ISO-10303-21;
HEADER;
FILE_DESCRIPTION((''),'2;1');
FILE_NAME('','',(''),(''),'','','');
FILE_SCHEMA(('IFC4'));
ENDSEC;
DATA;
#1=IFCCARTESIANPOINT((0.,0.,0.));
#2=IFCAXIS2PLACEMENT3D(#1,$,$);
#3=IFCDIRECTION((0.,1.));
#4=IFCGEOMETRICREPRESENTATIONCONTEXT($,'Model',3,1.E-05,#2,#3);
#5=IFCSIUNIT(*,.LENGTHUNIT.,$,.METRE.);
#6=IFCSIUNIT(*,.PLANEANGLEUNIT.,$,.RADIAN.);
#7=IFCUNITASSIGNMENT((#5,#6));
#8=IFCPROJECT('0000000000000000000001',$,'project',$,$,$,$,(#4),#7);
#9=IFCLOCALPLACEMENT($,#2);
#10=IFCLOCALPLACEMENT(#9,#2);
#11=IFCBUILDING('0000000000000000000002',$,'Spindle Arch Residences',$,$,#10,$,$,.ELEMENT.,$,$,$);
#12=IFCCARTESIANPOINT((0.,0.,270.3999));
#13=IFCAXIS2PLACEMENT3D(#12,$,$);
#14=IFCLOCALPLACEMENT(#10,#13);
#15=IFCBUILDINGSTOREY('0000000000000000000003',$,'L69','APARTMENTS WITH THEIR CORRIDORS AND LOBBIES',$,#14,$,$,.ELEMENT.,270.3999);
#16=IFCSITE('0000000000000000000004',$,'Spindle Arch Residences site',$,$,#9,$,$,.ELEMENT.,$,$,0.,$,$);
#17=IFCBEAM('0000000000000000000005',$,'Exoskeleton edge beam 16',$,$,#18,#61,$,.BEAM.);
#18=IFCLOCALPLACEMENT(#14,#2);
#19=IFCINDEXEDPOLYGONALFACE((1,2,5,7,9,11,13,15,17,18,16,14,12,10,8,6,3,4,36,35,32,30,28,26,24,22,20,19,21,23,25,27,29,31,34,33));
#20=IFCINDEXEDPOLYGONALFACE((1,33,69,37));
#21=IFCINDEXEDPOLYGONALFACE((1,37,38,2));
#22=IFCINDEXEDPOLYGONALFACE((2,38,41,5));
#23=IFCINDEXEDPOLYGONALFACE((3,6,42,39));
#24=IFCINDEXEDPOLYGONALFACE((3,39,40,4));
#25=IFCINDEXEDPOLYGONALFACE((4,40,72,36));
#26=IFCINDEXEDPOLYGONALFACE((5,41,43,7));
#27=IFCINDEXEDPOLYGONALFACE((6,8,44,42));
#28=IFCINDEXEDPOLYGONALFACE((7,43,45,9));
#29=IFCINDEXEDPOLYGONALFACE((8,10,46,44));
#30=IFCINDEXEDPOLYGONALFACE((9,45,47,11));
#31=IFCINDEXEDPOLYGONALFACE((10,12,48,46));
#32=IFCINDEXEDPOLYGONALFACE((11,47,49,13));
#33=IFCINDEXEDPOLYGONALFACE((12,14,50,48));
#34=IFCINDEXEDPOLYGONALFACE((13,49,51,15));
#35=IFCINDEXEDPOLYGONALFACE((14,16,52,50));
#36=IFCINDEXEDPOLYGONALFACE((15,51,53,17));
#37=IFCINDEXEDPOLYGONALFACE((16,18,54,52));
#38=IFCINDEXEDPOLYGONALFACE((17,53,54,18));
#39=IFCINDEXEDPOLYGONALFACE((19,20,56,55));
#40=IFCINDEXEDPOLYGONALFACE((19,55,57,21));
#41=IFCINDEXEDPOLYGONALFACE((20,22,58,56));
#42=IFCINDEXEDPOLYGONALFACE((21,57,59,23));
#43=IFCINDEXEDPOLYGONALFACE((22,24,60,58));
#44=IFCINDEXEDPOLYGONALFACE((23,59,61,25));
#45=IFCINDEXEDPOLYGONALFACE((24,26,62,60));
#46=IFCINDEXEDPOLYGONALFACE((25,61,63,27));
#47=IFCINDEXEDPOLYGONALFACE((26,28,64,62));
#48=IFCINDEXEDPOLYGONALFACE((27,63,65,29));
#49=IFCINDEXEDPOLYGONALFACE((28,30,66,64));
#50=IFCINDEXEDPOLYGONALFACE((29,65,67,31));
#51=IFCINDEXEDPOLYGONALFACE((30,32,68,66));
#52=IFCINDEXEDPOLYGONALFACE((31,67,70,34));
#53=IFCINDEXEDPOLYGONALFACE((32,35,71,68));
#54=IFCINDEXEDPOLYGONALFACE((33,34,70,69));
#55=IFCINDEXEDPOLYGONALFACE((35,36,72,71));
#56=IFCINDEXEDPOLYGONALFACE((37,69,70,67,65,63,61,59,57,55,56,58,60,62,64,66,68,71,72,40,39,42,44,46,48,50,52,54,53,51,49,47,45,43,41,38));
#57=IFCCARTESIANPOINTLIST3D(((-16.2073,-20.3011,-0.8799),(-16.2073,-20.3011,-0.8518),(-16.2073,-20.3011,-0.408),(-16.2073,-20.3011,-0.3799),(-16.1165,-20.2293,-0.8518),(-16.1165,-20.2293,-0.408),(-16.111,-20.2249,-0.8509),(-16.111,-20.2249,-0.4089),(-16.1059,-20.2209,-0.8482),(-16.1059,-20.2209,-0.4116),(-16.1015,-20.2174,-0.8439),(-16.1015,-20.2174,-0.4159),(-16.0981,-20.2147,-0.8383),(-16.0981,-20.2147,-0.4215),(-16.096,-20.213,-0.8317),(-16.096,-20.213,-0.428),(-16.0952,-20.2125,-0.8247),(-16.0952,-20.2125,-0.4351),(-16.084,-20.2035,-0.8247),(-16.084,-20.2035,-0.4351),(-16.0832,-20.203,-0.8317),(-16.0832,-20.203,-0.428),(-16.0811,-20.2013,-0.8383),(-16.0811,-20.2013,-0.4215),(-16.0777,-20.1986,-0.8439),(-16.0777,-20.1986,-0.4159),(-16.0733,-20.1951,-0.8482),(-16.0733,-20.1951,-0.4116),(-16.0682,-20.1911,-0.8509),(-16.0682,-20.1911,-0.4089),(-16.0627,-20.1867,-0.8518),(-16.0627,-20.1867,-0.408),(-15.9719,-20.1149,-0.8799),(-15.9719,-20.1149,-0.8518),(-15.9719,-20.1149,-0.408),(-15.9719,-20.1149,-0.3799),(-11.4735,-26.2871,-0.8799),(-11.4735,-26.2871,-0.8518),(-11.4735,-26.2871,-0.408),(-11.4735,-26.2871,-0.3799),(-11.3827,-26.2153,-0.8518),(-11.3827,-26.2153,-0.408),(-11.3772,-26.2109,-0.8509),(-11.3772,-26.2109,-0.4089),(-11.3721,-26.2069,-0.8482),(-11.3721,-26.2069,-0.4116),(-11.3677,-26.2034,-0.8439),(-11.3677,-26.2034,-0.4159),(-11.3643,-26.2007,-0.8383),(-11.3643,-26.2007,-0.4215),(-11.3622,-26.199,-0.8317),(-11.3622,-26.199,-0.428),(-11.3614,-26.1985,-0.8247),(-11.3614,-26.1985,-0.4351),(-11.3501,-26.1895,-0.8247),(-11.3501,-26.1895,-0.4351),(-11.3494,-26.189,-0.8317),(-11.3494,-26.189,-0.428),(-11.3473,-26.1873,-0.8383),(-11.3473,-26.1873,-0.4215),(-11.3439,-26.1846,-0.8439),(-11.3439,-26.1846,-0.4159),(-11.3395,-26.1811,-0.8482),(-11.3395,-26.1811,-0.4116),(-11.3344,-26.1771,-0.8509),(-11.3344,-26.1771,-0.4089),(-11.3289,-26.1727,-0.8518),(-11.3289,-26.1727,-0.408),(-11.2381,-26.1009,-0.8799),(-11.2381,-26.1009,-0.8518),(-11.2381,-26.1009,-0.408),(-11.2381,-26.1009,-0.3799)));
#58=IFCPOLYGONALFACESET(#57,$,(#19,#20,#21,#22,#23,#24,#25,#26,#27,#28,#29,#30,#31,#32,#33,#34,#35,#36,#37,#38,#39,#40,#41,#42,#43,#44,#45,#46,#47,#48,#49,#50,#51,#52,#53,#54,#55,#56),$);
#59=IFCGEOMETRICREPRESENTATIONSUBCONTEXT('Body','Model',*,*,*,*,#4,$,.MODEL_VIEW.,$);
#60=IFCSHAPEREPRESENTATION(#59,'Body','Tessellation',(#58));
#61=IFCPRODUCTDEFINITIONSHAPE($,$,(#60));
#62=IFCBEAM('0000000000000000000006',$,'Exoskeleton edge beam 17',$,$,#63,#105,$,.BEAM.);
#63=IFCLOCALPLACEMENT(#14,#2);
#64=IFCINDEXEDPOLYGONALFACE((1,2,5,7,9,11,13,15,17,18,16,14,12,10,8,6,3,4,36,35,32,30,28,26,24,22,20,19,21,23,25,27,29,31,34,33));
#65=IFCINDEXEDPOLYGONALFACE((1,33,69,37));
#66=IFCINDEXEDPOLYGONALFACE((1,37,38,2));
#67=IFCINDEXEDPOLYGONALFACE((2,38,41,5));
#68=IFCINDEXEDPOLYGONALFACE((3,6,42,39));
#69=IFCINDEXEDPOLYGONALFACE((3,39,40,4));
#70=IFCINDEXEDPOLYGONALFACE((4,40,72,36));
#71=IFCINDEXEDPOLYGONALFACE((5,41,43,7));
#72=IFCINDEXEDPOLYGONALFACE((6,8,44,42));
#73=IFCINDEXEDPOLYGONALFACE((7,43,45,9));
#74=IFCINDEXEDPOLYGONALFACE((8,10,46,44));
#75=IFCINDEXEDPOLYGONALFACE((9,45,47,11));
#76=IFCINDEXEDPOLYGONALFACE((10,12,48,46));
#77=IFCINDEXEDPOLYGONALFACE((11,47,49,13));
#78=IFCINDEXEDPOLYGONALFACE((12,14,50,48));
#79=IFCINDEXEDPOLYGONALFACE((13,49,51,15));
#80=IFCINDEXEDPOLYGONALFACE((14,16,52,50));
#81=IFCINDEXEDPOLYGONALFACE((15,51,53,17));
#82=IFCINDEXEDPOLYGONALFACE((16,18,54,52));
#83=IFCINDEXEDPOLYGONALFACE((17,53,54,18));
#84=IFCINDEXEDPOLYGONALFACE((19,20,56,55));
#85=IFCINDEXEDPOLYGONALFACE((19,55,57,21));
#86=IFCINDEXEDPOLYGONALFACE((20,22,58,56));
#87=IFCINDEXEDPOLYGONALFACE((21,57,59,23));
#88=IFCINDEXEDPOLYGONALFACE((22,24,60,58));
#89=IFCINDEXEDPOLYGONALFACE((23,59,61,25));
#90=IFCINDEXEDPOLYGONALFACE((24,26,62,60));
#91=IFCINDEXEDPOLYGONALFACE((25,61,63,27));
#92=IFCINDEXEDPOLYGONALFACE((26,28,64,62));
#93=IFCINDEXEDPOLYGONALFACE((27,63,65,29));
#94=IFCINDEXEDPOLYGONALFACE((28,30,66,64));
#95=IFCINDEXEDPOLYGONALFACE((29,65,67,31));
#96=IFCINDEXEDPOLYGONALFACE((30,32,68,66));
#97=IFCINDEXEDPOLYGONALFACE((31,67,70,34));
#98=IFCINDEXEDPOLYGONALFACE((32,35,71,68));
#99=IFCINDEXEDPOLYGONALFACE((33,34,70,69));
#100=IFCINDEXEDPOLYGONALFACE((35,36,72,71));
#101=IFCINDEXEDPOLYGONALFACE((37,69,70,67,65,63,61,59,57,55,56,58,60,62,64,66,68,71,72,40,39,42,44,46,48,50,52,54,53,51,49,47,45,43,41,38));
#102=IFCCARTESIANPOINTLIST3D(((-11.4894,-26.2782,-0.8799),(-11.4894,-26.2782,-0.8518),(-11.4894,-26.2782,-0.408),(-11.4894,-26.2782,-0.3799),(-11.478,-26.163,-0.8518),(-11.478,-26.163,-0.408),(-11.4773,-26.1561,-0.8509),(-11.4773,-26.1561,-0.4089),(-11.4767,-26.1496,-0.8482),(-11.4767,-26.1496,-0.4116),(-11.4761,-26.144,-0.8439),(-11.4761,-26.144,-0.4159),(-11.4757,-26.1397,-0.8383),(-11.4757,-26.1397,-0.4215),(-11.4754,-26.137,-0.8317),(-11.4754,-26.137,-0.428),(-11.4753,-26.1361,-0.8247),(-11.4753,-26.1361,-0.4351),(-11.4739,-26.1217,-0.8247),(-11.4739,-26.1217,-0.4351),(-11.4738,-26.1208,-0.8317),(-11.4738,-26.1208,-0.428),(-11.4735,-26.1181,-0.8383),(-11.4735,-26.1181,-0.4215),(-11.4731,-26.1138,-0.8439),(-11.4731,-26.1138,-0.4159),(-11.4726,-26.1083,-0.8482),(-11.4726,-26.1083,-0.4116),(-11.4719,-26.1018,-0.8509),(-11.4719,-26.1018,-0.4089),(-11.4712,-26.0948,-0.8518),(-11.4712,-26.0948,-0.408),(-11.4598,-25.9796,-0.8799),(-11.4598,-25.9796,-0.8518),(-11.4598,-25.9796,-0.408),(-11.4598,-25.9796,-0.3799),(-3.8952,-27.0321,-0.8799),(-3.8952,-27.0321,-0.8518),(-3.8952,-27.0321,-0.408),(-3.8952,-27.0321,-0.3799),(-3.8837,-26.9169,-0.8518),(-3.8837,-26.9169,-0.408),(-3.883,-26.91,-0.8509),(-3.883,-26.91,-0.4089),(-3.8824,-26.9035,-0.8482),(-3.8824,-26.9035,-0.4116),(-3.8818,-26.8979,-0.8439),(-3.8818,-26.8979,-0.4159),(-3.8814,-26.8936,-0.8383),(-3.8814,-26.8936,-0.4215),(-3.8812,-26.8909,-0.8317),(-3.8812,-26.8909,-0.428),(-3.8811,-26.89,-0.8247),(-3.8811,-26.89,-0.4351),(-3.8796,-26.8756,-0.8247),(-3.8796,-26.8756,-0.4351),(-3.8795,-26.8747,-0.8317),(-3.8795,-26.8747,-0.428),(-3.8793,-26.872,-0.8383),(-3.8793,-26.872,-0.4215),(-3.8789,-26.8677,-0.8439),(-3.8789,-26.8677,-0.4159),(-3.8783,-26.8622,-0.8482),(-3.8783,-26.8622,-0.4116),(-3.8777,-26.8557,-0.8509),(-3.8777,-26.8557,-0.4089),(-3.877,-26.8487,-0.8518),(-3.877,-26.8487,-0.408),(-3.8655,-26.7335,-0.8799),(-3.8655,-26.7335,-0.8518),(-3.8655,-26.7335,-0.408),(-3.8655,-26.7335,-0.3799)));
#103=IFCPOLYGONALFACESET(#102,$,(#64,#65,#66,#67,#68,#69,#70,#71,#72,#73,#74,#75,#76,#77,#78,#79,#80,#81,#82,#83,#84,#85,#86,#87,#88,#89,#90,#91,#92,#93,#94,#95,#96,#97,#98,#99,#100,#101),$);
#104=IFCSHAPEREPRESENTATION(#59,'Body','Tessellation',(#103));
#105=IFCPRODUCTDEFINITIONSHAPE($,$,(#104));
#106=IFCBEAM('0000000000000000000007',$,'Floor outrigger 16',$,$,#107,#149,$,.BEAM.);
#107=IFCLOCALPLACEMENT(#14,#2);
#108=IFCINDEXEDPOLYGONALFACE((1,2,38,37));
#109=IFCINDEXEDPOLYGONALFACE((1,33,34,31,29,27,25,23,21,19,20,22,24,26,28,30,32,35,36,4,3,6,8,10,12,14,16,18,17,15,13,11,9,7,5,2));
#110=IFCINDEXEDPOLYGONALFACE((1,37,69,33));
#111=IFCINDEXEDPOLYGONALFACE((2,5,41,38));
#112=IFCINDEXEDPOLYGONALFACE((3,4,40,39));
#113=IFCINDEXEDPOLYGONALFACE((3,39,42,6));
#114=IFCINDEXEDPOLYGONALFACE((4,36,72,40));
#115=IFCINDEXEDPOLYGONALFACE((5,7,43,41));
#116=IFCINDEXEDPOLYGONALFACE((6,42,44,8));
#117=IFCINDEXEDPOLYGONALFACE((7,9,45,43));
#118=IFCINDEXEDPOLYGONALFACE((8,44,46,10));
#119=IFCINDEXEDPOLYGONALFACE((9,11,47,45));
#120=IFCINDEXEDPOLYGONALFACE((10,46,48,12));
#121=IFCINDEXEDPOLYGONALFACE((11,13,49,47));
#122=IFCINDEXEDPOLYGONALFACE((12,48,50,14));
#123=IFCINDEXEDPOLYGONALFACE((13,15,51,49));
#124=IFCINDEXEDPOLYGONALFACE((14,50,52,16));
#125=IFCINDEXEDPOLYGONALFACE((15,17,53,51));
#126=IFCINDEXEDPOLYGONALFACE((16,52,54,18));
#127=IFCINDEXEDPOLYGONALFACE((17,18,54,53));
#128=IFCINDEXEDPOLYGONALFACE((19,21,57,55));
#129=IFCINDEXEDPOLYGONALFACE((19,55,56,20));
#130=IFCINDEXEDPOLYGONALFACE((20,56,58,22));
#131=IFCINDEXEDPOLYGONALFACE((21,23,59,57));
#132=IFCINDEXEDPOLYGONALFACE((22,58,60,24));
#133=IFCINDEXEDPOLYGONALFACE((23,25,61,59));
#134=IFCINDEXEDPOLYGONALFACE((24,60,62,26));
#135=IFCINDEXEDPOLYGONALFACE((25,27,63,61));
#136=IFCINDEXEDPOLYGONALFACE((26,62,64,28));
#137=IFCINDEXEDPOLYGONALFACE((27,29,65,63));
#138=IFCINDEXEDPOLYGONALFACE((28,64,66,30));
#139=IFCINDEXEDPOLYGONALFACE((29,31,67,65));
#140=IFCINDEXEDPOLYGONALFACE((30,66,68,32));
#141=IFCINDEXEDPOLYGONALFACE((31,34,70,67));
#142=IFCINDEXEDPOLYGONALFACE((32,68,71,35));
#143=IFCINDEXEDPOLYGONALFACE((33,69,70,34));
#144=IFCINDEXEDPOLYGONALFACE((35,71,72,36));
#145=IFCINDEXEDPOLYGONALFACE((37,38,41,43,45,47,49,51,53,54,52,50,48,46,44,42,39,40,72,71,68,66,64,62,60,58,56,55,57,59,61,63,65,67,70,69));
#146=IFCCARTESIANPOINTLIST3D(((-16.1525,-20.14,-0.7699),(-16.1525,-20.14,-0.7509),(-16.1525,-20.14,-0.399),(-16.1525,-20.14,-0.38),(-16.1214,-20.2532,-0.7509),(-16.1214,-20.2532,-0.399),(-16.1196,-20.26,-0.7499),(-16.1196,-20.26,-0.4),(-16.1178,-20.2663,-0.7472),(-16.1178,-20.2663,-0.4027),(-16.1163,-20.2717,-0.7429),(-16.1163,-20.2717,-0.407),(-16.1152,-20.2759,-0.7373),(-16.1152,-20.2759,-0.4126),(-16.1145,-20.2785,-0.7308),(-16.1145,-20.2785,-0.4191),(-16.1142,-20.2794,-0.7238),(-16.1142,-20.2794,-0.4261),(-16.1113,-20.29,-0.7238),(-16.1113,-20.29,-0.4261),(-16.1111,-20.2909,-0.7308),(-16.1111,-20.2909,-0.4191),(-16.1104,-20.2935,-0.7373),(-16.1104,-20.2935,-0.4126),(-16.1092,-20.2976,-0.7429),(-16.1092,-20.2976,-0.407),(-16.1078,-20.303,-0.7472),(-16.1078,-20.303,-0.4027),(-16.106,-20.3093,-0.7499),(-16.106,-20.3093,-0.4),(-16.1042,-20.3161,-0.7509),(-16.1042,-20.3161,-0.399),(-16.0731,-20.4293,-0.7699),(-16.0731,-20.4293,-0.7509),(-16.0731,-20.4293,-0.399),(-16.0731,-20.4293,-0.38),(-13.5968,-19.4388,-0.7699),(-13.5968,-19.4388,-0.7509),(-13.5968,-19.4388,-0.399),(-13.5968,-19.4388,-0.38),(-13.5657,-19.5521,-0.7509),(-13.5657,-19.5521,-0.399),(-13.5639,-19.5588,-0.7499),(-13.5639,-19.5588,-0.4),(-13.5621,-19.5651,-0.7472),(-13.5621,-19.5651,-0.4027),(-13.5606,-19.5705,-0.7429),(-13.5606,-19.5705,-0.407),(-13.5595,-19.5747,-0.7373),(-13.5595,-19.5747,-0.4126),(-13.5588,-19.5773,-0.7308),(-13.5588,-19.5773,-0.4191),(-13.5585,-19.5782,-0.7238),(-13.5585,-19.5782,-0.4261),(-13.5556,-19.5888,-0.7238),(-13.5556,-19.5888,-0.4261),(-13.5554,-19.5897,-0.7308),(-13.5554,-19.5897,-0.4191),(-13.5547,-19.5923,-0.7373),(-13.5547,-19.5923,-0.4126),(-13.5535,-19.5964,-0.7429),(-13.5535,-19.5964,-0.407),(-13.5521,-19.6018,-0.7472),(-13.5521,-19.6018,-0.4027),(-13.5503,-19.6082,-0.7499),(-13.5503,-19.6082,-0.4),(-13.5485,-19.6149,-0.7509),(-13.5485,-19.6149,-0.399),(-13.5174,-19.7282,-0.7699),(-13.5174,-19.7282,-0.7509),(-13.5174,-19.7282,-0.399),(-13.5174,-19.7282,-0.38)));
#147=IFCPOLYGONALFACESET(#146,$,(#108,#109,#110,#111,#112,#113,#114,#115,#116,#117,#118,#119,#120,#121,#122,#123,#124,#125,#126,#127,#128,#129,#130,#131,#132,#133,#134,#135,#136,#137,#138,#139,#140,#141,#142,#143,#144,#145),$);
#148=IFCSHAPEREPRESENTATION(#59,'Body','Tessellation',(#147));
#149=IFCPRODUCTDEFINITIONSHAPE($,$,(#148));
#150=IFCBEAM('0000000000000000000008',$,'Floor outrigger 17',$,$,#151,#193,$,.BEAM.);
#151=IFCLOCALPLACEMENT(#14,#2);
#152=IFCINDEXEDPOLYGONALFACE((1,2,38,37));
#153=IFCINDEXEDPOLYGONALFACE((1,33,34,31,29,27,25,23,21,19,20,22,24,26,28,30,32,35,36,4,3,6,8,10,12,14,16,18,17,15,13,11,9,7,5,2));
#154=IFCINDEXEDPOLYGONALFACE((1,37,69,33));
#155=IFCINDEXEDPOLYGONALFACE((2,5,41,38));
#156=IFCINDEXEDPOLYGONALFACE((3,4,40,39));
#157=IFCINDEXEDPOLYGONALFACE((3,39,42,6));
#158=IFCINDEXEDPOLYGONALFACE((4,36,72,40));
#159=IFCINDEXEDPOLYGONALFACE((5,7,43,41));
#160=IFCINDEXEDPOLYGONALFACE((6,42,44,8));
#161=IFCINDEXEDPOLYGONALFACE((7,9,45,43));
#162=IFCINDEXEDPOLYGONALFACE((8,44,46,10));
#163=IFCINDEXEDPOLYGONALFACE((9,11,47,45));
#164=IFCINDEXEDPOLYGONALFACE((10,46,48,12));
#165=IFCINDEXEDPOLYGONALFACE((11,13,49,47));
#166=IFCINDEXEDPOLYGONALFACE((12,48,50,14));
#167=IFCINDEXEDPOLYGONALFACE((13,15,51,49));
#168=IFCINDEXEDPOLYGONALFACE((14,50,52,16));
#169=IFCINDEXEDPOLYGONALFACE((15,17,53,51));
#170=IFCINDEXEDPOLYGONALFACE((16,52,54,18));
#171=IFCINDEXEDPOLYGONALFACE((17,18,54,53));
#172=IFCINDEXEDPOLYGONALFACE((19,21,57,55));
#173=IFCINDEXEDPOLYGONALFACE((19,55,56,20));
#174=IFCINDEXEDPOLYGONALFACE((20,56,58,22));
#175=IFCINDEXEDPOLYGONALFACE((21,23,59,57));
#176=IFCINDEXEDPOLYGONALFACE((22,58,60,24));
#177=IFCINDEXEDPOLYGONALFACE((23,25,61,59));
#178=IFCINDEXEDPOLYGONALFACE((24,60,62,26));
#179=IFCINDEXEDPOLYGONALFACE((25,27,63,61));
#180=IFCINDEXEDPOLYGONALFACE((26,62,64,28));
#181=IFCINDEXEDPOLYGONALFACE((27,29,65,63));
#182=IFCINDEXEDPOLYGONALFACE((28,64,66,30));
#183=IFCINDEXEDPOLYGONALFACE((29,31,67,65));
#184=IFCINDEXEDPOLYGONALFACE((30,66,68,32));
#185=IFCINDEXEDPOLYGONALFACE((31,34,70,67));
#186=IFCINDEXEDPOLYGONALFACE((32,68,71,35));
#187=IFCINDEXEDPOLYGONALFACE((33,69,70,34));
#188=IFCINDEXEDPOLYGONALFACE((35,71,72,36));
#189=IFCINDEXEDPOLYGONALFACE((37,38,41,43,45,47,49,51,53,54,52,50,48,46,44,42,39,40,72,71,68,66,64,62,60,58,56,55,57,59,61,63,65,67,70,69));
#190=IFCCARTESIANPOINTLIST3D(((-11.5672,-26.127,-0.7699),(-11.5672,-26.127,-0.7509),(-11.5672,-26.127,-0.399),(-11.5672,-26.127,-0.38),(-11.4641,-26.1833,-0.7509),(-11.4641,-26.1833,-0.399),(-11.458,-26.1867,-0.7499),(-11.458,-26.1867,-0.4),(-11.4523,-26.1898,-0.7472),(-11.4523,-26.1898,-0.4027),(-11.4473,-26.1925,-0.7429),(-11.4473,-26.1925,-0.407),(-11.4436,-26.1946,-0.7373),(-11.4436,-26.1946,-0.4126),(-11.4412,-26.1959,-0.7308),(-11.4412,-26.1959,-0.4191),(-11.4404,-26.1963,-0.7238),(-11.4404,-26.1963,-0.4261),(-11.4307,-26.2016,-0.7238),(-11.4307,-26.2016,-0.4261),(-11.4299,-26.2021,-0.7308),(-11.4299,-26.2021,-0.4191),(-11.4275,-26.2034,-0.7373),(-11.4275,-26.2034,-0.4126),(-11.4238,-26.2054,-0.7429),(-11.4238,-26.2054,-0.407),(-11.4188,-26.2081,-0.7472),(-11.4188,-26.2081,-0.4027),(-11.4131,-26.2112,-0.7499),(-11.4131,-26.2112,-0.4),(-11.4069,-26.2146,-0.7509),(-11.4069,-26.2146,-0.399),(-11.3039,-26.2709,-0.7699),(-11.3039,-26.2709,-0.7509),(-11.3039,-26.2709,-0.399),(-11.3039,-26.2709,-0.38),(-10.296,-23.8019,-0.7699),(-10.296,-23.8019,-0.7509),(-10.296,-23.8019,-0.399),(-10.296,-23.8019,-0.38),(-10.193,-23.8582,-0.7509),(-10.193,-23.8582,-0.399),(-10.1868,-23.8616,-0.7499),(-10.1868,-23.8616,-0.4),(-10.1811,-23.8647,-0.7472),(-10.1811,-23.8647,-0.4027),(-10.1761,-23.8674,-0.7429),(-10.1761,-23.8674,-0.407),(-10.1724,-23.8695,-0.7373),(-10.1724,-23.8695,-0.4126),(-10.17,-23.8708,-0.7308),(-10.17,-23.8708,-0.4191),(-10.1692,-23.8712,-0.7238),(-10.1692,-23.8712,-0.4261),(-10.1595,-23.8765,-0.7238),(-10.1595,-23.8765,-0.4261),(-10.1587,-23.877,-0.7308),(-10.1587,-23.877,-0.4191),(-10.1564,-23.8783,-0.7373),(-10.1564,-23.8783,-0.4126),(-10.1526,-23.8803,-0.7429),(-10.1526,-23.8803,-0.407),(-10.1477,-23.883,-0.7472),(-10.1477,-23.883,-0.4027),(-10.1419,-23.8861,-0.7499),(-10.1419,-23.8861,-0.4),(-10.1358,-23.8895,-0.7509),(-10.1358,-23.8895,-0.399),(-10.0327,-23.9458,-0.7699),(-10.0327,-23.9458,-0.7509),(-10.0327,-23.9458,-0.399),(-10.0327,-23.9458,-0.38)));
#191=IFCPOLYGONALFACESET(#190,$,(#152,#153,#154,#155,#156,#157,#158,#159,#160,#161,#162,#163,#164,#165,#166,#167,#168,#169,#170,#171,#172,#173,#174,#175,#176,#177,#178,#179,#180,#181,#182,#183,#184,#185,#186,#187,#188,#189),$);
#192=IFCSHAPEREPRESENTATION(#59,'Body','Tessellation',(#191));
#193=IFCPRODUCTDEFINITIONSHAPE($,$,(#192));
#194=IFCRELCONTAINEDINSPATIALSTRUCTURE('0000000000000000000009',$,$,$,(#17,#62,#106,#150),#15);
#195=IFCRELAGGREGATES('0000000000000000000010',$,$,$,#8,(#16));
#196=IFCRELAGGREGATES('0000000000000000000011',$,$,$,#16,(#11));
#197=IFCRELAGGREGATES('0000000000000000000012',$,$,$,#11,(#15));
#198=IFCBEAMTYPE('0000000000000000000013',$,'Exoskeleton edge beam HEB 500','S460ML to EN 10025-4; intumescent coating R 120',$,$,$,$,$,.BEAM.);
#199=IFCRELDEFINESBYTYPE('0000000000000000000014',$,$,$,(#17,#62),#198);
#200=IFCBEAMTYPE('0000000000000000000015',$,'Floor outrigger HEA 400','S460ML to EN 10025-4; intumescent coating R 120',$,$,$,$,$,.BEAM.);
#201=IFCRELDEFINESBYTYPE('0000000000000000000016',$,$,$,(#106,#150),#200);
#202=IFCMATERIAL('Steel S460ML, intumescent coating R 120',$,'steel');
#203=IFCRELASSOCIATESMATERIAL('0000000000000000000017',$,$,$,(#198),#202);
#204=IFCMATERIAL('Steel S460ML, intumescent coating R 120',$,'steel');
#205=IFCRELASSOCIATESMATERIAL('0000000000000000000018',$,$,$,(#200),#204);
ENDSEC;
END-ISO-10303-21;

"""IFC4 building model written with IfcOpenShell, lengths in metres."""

from ifc_helpers import new_model, si_unit, direction, frame, origin, origin_2d, place, context, subcontext, project, spatial, i_section, extrude, material, material_profile, profile_set, type_object, element, save


model = new_model("IFC4")

# Units and contexts
model_context = context("Model", 3, precision=1e-05, world=origin(), true_north=direction((0.0, 1.0)))
body_context = subcontext(model_context, "Body", "Model", "MODEL_VIEW")
ifc_project = project(units=[si_unit("LENGTHUNIT", "METRE"), si_unit("PLANEANGLEUNIT", "RADIAN")], contexts=[model_context])

# Site, building, storey
site_placement = place(None, origin())
site = spatial("IfcSite", under=ifc_project, at=site_placement, Name="Spindle Arch Residences site", CompositionType="ELEMENT", RefElevation=0.0)
building_placement = place(site_placement, origin())
building = spatial("IfcBuilding", under=site, at=building_placement, Name="Spindle Arch Residences", CompositionType="ELEMENT")
storey_placement = place(building_placement, frame((0.0, 0.0, 270.3999)))
storey = spatial("IfcBuildingStorey", under=building, at=storey_placement, Name="L69", Description="APARTMENTS WITH THEIR CORRIDORS AND LOBBIES", CompositionType="ELEMENT", Elevation=270.3999)

# Beams
ifc_material_1 = material(Name="Steel S460ML, intumescent coating R 120", Category="steel")
ifc_material_profile_1 = material_profile(ifc_material_1, i_section(OverallWidth=0.3, OverallDepth=0.5, WebThickness=0.0144, FlangeThickness=0.0281, FilletRadius=0.0271, at=origin_2d()), Name="HEB 500")
ifc_profile_set_1 = profile_set([ifc_material_profile_1], Name="Steel S460ML, intumescent coating R 120")
beam_type_1 = type_object("IfcBeamType", Name="Exoskeleton edge beam HEB 500", Description="S460ML to EN 10025-4; intumescent coating R 120", PredefinedType="BEAM", material=ifc_profile_set_1)
for number, where, z_axis, x_axis, name in (
    (1, (-16.0896, -20.208, -0.6299), (0.620292, -0.784371, 0.0), (0.784371, 0.620292, 0.0), "Exoskeleton edge beam 16"),
    (2, (-11.4746, -26.1289, -0.6299), (0.995109, -0.098788, 0.0), (0.098788, 0.995109, 0.0), "Exoskeleton edge beam 17"),
):
    element("IfcBeam", number, at=place(storey_placement, frame(where, z_axis=z_axis, x_axis=x_axis)), inside=storey, type_object=beam_type_1, Name=name, PredefinedType="BEAM", context=body_context, shape_type="SweptSolid", body=[
        extrude(i_section(OverallWidth=0.3, OverallDepth=0.5, WebThickness=0.0144, FlangeThickness=0.0281, FilletRadius=0.0271, at=origin_2d()), origin(), (0.0, 0.0, 1.0), 7.6316),
    ])
ifc_material_2 = material(Name="Steel S460ML, intumescent coating R 120", Category="steel")
ifc_material_profile_2 = material_profile(ifc_material_2, i_section(OverallWidth=0.3, OverallDepth=0.3899, WebThickness=0.011, FlangeThickness=0.019, FilletRadius=0.0271, at=origin_2d()), Name="HEA 400")
ifc_profile_set_2 = profile_set([ifc_material_profile_2], Name="Steel S460ML, intumescent coating R 120")
beam_type_2 = type_object("IfcBeamType", Name="Floor outrigger HEA 400", Description="S460ML to EN 10025-4; intumescent coating R 120", PredefinedType="BEAM", material=ifc_profile_set_2)
beam_1_placement = place(storey_placement, frame((-16.1128, -20.2847, -0.575), z_axis=(0.964363, 0.264583, 0.0), x_axis=(-0.264583, 0.964363, 0.0)))
element("IfcBeam", 3, at=beam_1_placement, inside=storey, type_object=beam_type_2, Name="Floor outrigger 16", PredefinedType="BEAM", context=body_context, shape_type="SweptSolid", body=[
    extrude(i_section(OverallWidth=0.3, OverallDepth=0.3899, WebThickness=0.011, FlangeThickness=0.019, FilletRadius=0.0271, at=origin_2d()), origin(), (0.0, 0.0, 1.0), 2.6501),
])
beam_2_placement = place(storey_placement, frame((-11.4355, -26.199, -0.575), z_axis=(0.47971, 0.877427, 0.0), x_axis=(-0.877427, 0.47971, 0.0)))
element("IfcBeam", 4, at=beam_2_placement, inside=storey, type_object=beam_type_2, Name="Floor outrigger 17", PredefinedType="BEAM", context=body_context, shape_type="SweptSolid", body=[
    extrude(i_section(OverallWidth=0.3, OverallDepth=0.3899, WebThickness=0.011, FlangeThickness=0.019, FilletRadius=0.0271, at=origin_2d()), origin(), (0.0, 0.0, 1.0), 2.6499),
])

save(model, "model.ifc")
